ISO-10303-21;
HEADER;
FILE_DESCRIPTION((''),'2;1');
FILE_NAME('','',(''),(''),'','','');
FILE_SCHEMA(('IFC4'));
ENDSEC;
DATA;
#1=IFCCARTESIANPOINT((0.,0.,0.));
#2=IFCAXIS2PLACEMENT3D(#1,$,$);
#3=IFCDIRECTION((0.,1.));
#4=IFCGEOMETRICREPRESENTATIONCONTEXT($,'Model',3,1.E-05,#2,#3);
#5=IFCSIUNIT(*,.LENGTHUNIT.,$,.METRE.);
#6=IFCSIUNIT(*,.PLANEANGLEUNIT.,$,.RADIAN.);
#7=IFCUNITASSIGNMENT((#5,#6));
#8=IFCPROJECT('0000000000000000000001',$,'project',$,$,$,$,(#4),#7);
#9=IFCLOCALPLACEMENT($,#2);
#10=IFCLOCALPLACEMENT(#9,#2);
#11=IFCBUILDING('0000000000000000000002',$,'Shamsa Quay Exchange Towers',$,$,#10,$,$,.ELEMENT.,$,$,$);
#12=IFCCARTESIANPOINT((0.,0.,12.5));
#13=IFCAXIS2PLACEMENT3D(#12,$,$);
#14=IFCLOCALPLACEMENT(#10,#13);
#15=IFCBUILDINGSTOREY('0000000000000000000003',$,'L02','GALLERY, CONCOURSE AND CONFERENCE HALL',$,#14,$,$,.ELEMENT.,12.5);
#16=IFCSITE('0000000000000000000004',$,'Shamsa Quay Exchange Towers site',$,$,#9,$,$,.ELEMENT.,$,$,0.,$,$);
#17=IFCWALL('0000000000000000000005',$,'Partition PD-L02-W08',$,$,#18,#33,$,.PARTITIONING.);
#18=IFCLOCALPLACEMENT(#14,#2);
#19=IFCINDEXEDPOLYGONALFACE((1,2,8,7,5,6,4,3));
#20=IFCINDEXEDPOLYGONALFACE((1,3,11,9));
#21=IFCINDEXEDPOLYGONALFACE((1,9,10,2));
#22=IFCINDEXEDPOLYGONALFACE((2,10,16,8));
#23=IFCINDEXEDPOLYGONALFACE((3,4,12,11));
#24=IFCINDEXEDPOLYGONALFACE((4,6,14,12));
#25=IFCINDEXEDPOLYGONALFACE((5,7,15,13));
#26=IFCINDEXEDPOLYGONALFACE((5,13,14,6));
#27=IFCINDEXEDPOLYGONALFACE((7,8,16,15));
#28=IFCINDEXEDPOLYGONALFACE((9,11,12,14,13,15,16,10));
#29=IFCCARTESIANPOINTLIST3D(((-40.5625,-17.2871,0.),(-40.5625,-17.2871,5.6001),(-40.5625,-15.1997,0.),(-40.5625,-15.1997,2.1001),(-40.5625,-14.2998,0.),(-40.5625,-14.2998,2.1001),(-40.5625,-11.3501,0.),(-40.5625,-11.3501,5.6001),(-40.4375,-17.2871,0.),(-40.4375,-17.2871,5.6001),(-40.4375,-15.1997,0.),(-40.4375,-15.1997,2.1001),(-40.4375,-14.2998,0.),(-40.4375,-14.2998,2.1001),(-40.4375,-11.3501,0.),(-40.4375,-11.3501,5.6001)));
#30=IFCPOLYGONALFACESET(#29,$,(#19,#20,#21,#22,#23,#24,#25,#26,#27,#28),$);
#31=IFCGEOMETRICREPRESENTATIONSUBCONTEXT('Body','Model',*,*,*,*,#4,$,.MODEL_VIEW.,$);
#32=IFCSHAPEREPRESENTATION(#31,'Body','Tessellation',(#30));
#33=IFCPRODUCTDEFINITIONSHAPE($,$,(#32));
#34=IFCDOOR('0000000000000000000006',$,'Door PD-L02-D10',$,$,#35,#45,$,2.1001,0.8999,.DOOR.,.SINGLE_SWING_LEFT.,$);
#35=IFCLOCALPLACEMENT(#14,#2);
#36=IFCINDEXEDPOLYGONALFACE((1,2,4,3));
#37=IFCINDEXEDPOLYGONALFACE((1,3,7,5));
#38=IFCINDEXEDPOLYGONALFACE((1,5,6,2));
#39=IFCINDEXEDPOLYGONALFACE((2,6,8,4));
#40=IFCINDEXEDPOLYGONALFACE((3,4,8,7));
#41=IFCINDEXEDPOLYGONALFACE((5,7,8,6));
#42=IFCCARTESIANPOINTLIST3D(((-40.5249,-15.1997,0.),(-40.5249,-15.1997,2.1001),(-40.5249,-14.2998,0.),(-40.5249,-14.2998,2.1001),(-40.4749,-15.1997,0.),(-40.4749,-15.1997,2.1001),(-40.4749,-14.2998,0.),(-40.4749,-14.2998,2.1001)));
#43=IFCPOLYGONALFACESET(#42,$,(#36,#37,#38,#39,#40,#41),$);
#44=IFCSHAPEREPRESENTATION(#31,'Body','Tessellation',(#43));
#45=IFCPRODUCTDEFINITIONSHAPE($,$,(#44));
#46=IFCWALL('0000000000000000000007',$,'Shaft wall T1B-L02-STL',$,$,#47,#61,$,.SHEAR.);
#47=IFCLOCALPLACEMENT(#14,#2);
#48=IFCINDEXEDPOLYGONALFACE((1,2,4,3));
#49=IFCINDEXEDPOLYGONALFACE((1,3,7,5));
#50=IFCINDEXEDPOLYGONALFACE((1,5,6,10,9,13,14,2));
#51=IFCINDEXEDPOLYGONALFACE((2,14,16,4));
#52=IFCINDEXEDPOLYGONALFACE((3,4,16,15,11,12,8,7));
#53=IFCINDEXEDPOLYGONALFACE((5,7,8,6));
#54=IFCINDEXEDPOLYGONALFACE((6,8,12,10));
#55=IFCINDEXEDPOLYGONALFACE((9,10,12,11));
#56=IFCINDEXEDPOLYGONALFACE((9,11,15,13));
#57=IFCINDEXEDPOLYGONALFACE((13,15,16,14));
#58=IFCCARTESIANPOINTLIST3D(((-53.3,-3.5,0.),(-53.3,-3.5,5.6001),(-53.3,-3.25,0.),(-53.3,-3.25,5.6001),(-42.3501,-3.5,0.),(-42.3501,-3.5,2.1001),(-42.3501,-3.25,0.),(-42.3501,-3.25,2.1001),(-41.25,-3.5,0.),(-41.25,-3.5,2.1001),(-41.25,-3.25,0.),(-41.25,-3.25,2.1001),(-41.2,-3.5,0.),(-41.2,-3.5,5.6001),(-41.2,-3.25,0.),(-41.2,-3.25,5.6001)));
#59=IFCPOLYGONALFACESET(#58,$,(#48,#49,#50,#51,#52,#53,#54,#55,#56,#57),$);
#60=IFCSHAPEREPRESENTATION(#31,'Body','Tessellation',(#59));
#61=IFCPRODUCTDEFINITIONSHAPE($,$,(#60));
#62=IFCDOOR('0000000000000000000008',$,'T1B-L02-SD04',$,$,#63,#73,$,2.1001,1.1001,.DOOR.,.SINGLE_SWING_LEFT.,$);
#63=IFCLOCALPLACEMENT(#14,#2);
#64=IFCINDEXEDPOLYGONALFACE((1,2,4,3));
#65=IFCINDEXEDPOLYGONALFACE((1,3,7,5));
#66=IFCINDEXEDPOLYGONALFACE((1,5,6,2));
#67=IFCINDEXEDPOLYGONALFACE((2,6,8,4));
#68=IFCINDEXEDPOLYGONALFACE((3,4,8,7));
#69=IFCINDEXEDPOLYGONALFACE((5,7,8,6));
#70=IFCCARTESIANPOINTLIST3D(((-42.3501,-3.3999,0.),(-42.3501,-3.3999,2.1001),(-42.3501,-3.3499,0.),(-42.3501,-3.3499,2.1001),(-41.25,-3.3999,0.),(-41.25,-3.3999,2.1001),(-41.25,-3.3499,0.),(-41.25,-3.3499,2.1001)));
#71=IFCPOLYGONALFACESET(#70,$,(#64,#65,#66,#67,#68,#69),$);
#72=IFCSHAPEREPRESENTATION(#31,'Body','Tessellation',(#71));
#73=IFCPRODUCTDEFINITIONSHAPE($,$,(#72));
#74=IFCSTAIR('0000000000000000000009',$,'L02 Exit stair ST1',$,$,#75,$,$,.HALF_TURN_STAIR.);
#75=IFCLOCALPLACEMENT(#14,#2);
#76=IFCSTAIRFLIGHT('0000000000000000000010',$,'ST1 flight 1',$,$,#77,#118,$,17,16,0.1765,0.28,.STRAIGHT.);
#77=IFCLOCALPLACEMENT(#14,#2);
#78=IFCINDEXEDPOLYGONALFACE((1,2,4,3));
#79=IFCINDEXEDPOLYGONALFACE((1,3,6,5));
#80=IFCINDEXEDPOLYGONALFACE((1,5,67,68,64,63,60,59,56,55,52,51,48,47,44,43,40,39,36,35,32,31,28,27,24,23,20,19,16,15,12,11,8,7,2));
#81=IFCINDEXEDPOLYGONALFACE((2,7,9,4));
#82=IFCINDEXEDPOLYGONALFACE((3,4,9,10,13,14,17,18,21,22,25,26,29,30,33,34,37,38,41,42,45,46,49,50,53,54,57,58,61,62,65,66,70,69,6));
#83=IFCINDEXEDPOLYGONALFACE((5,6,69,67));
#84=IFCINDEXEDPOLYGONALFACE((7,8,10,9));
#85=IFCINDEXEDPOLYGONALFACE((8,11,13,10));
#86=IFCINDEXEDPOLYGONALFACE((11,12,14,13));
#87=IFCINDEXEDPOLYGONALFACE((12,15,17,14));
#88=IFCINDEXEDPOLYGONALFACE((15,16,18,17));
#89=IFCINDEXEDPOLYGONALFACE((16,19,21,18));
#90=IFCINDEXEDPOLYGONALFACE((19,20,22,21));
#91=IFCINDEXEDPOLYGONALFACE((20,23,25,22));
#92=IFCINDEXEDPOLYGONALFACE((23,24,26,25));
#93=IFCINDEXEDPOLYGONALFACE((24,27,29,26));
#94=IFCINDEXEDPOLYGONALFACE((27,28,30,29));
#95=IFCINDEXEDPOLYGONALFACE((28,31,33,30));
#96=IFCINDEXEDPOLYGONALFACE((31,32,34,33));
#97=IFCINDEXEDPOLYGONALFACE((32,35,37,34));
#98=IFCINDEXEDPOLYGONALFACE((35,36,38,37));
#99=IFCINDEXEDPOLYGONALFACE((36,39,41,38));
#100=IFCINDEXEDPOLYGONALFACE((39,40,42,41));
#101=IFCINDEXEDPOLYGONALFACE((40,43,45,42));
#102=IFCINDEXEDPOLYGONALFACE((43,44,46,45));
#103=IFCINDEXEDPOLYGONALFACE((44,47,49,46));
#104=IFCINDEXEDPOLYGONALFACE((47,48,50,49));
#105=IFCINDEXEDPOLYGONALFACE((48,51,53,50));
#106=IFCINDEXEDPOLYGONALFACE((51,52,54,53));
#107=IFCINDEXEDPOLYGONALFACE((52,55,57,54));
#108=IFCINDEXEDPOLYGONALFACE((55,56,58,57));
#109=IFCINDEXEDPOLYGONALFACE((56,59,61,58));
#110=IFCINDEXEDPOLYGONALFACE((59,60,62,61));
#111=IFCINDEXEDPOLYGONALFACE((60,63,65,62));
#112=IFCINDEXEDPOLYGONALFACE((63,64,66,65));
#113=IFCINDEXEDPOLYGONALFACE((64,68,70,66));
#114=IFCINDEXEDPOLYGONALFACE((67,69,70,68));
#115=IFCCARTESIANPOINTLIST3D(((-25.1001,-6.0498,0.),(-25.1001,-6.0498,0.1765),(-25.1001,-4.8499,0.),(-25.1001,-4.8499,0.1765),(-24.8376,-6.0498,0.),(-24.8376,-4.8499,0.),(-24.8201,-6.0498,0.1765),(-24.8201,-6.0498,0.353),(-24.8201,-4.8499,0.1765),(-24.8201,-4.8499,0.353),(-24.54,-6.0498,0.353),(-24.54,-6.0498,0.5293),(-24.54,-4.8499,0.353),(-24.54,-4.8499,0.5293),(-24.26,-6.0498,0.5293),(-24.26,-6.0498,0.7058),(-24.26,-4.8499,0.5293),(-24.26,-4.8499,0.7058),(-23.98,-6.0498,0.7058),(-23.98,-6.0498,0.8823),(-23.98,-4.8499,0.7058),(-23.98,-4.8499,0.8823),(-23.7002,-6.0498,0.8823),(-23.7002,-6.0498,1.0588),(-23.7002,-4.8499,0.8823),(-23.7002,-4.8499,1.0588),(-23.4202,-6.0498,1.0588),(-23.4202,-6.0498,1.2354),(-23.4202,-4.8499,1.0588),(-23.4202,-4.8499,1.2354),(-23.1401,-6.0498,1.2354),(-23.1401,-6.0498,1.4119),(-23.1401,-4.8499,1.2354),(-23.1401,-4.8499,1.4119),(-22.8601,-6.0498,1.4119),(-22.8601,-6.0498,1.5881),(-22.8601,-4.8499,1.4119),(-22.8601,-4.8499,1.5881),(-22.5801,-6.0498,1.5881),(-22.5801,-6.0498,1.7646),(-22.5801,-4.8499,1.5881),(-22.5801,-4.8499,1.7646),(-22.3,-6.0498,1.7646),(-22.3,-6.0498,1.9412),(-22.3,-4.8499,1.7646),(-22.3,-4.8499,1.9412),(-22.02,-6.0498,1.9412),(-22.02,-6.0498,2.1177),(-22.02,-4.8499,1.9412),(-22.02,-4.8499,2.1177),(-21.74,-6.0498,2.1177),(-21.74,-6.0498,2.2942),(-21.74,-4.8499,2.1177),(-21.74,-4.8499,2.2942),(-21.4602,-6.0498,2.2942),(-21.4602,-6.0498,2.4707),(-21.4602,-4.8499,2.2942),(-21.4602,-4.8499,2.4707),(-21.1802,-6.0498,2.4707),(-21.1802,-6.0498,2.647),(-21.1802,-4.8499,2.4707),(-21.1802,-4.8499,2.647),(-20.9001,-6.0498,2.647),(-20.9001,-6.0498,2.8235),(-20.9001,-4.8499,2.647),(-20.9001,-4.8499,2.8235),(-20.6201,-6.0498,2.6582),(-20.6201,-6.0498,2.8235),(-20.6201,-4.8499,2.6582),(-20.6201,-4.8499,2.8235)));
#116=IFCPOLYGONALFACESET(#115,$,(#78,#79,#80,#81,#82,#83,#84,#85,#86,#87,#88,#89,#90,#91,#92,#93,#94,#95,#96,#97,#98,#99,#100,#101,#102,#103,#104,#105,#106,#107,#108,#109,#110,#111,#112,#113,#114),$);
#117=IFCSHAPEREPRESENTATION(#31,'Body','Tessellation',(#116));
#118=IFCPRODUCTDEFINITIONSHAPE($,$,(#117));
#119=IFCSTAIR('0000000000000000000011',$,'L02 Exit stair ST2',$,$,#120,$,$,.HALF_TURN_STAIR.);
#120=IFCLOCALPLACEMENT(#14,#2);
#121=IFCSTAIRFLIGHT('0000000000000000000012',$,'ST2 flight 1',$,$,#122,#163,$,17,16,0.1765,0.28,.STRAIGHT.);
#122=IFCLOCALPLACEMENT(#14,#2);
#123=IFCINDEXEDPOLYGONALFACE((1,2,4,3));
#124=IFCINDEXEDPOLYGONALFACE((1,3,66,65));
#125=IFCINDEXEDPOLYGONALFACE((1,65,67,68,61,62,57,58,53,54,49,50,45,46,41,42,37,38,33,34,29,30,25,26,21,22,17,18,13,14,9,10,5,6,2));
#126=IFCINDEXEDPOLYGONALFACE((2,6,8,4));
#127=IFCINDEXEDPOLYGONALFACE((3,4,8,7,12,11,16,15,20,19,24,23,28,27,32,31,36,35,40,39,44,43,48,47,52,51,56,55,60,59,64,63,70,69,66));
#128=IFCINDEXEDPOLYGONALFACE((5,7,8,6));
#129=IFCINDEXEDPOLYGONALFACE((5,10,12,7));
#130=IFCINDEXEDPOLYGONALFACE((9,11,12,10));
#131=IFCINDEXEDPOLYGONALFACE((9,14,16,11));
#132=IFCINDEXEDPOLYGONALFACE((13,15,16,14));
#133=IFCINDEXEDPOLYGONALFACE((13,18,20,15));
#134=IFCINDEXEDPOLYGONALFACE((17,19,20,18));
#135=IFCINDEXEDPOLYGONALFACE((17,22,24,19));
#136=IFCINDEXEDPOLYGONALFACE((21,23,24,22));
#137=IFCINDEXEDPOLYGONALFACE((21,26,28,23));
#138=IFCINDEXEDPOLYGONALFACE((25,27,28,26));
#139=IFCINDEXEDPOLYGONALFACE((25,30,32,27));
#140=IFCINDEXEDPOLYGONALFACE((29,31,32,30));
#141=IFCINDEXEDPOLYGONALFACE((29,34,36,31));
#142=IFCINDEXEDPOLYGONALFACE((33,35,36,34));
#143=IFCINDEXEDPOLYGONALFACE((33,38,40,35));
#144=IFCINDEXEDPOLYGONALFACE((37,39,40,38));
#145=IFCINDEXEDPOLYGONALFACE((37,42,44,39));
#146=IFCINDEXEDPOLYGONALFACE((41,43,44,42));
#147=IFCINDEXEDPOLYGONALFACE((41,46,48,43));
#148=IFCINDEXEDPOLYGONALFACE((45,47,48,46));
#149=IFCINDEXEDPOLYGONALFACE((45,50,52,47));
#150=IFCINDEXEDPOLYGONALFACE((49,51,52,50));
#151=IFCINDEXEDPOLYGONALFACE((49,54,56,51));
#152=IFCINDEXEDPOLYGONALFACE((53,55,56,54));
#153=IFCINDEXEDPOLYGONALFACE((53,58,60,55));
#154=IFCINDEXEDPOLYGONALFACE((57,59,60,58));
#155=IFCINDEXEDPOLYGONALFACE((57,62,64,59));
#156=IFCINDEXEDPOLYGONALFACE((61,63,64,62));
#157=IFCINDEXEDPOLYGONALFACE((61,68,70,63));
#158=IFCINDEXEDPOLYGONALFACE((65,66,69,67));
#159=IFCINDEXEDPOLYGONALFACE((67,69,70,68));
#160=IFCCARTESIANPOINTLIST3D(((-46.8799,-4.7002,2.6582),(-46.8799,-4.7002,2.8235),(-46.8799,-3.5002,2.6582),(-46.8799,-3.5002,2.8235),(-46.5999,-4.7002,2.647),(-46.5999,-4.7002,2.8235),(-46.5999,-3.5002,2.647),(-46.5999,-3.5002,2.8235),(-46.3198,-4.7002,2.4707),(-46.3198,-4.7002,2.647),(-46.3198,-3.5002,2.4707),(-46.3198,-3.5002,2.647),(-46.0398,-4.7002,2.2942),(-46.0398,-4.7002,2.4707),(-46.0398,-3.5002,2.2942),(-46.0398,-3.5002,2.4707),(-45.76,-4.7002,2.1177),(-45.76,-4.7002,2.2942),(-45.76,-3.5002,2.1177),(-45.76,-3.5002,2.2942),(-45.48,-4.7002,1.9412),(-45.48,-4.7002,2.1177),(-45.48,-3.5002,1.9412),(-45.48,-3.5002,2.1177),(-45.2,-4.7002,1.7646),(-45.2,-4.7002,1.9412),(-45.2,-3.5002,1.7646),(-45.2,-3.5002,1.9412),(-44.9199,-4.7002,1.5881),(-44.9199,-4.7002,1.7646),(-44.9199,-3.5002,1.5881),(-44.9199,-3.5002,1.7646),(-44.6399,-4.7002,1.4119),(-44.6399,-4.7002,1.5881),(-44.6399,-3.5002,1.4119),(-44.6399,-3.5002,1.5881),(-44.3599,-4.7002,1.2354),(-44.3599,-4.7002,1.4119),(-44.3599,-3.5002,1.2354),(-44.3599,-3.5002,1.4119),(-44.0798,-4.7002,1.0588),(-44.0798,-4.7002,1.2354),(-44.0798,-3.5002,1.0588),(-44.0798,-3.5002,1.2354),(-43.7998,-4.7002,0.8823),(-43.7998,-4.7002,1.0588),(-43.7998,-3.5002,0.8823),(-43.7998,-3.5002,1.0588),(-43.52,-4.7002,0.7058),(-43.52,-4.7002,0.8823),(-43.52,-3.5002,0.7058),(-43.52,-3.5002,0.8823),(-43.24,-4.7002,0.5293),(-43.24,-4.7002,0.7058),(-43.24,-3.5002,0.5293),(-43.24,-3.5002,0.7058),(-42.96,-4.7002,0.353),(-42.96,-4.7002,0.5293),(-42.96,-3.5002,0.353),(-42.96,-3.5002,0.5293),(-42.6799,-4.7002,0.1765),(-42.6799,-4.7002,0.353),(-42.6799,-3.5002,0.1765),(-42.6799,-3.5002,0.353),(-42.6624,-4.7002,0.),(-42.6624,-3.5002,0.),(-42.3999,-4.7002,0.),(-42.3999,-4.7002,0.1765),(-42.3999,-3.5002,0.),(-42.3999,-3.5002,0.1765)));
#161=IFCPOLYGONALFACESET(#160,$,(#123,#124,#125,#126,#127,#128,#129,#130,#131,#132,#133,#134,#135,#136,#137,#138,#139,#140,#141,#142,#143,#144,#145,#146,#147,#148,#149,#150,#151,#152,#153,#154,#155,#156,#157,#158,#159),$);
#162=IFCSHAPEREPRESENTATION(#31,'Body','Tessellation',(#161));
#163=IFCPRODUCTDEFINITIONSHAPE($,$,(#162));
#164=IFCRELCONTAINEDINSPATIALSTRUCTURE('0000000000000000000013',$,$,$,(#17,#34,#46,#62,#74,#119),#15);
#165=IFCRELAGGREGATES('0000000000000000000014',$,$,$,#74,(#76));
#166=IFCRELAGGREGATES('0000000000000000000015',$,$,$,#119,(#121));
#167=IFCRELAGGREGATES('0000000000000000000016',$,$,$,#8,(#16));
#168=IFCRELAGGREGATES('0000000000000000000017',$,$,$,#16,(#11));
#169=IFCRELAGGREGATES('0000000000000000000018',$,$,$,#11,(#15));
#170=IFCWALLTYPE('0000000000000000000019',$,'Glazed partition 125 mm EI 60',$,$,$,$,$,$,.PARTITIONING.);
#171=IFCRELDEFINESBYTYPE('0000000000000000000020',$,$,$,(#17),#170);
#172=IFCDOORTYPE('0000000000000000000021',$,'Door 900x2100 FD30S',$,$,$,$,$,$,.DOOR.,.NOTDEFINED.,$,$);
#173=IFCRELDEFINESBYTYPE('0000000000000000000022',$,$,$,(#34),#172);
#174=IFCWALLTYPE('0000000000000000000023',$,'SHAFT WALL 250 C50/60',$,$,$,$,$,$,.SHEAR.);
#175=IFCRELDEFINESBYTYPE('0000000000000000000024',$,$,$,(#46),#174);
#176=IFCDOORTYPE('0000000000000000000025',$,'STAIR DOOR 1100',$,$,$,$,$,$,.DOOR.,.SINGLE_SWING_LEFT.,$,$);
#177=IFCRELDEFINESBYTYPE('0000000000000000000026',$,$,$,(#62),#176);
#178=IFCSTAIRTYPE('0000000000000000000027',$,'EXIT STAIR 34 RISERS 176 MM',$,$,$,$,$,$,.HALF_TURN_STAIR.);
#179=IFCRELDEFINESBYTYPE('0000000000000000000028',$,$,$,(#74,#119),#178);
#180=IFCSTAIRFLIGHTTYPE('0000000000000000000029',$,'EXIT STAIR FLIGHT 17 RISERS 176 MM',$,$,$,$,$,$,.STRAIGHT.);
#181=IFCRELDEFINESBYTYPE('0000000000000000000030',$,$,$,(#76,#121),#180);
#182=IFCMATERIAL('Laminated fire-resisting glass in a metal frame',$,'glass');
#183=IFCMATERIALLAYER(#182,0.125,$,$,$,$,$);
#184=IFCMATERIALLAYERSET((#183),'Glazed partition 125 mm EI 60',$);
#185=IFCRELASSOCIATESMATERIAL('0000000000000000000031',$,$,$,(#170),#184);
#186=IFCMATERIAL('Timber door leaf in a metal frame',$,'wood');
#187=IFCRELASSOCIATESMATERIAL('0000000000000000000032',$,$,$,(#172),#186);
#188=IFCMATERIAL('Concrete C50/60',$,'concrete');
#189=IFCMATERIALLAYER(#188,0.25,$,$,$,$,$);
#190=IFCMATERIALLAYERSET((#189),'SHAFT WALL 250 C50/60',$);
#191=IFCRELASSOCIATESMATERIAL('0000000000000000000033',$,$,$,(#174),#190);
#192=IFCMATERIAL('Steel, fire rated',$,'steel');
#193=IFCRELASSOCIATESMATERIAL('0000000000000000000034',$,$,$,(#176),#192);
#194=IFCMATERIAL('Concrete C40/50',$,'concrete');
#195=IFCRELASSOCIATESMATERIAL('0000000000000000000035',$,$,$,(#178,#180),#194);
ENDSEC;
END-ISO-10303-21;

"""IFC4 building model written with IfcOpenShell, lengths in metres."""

from ifc_helpers import new_model, si_unit, direction, frame, frame_2d, origin, place, context, subcontext, project, spatial, polyline, rectangle, outline, extrude, material, layer, layer_set, type_object, element, fill, aggregate, save


model = new_model("IFC4")

# Units and contexts
model_context = context("Model", 3, precision=1e-05, world=origin(), true_north=direction((0.0, 1.0)))
body_context = subcontext(model_context, "Body", "Model", "MODEL_VIEW")
ifc_project = project(units=[si_unit("LENGTHUNIT", "METRE"), si_unit("PLANEANGLEUNIT", "RADIAN")], contexts=[model_context])

# Site, building, storey
site_placement = place(None, origin())
site = spatial("IfcSite", under=ifc_project, at=site_placement, Name="Shamsa Quay Exchange Towers site", CompositionType="ELEMENT", RefElevation=0.0)
building_placement = place(site_placement, origin())
building = spatial("IfcBuilding", under=site, at=building_placement, Name="Shamsa Quay Exchange Towers", CompositionType="ELEMENT")
storey_placement = place(building_placement, frame((0.0, 0.0, 12.5)))
storey = spatial("IfcBuildingStorey", under=building, at=storey_placement, Name="L02", Description="GALLERY, CONCOURSE AND CONFERENCE HALL", CompositionType="ELEMENT", Elevation=12.5)

# Shared definitions
ifc_material_1 = material(Name="Timber door leaf in a metal frame", Category="wood")

# Walls, openings, doors
ifc_material_2 = material(Name="Steel, fire rated", Category="steel")
ifc_material_3 = material(Name="Laminated fire-resisting glass in a metal frame", Category="glass")
ifc_layer_1 = layer(ifc_material_3, 0.125)
ifc_layer_set_1 = layer_set([ifc_layer_1], Name="Glazed partition 125 mm EI 60")
wall_type_1 = type_object("IfcWallType", Name="Glazed partition 125 mm EI 60", PredefinedType="PARTITIONING", material=ifc_layer_set_1)
wall_1_placement = place(storey_placement, frame((-40.5, -17.2871, 0.0), z_axis=(0.0, 0.0, 1.0), x_axis=(0.0, 1.0, 0.0)))
wall_1 = element("IfcWall", 1, at=wall_1_placement, inside=storey, type_object=wall_type_1, Name="Partition PD-L02-W08", PredefinedType="PARTITIONING", context=body_context, shape_type="SweptSolid", body=[
    extrude(rectangle(XDim=5.937, YDim=0.125, at=frame_2d((2.9685, 0.0))), origin(), (0.0, 0.0, 1.0), 5.6001),
])
opening_1_placement = place(wall_1_placement, frame((2.0874, 0.0, 0.0)))
opening_1 = element("IfcOpeningElement", 2, at=opening_1_placement, cuts=wall_1, PredefinedType="OPENING", context=body_context, shape_type="SweptSolid", body=[
    extrude(rectangle(XDim=0.8999, YDim=2.1001, at=frame_2d((0.45, 1.05))), frame((0.0, 0.0725, 0.0), z_axis=(0.0, -1.0, 0.0), x_axis=(1.0, 0.0, 0.0)), (0.0, 0.0, 1.0), 0.145),
])
door_type_1 = type_object("IfcDoorType", Name="Door 900x2100 FD30S", OperationType="NOTDEFINED", PredefinedType="DOOR", material=ifc_material_1)
door_1_placement = place(opening_1_placement, origin())
door_1 = element("IfcDoor", 3, at=door_1_placement, inside=storey, type_object=door_type_1, Name="Door PD-L02-D10", OperationType="SINGLE_SWING_LEFT", OverallHeight=2.1001, OverallWidth=0.8999, PredefinedType="DOOR", context=body_context, shape_type="SweptSolid", body=[
    extrude(rectangle(XDim=0.8999, YDim=2.1001, at=frame_2d((0.45, 1.05))), frame((0.0, 0.0249, 0.0), z_axis=(0.0, -1.0, 0.0), x_axis=(1.0, 0.0, 0.0)), (0.0, 0.0, 1.0), 0.05),
])
fill(opening_1, door_1)
ifc_material_4 = material(Name="Concrete C50/60", Category="concrete")
ifc_layer_2 = layer(ifc_material_4, 0.25)
ifc_layer_set_2 = layer_set([ifc_layer_2], Name="SHAFT WALL 250 C50/60")
wall_type_2 = type_object("IfcWallType", Name="SHAFT WALL 250 C50/60", PredefinedType="SHEAR", material=ifc_layer_set_2)
wall_2_placement = place(storey_placement, frame((-41.2, -3.375, 0.0), z_axis=(0.0, 0.0, 1.0), x_axis=(-1.0, 0.0, 0.0)))
wall_2 = element("IfcWall", 4, at=wall_2_placement, inside=storey, type_object=wall_type_2, Name="Shaft wall T1B-L02-STL", PredefinedType="SHEAR", context=body_context, shape_type="SweptSolid", body=[
    extrude(rectangle(XDim=12.1001, YDim=0.25, at=frame_2d((6.05, 0.0))), origin(), (0.0, 0.0, 1.0), 5.6001),
])
opening_2_placement = place(wall_2_placement, frame((0.05, 0.0, 0.0)))
opening_2 = element("IfcOpeningElement", 5, at=opening_2_placement, cuts=wall_2, PredefinedType="OPENING", context=body_context, shape_type="SweptSolid", body=[
    extrude(rectangle(XDim=1.1001, YDim=2.1001, at=frame_2d((0.55, 1.05))), frame((0.0, 0.135, 0.0), z_axis=(0.0, -1.0, 0.0), x_axis=(1.0, 0.0, 0.0)), (0.0, 0.0, 1.0), 0.27),
])
door_type_2 = type_object("IfcDoorType", Name="STAIR DOOR 1100", OperationType="SINGLE_SWING_LEFT", PredefinedType="DOOR", material=ifc_material_2)
door_2_placement = place(opening_2_placement, origin())
door_2 = element("IfcDoor", 6, at=door_2_placement, inside=storey, type_object=door_type_2, Name="T1B-L02-SD04", OperationType="SINGLE_SWING_LEFT", OverallHeight=2.1001, OverallWidth=1.1001, PredefinedType="DOOR", context=body_context, shape_type="SweptSolid", body=[
    extrude(rectangle(XDim=1.1001, YDim=2.1001, at=frame_2d((0.55, 1.05))), frame((0.0, 0.0249, 0.0), z_axis=(0.0, -1.0, 0.0), x_axis=(1.0, 0.0, 0.0)), (0.0, 0.0, 1.0), 0.05),
])
fill(opening_2, door_2)

# Stairs, stair flights
ifc_material_5 = material(Name="Concrete C40/50", Category="concrete")
stair_type = type_object("IfcStairType", Name="EXIT STAIR 34 RISERS 176 MM", PredefinedType="HALF_TURN_STAIR", material=ifc_material_5)
stair_1_placement = place(storey_placement, origin())
stair_1 = element("IfcStair", 7, at=stair_1_placement, inside=storey, type_object=stair_type, Name="L02 Exit stair ST1", PredefinedType="HALF_TURN_STAIR")
stair_flight_type = type_object("IfcStairFlightType", Name="EXIT STAIR FLIGHT 17 RISERS 176 MM", PredefinedType="STRAIGHT", material=ifc_material_5)
stair_flight_1_placement = place(storey_placement, frame((-25.1001, -5.45, 0.0)))
stair_flight_1 = element("IfcStairFlight", 8, at=stair_flight_1_placement, type_object=stair_flight_type, Name="ST1 flight 1", NumberOfRisers=17, NumberOfTreads=16, PredefinedType="STRAIGHT", RiserHeight=0.1765, TreadLength=0.28, context=body_context, shape_type="SweptSolid", body=[
    extrude(outline(polyline([(0.0, 0.0), (0.0, 0.1765), (0.28, 0.1765), (0.28, 0.353), (0.5601, 0.353), (0.5601, 0.5293), (0.8401, 0.5293), (0.8401, 0.7058), (1.1201, 0.7058), (1.1201, 0.8823), (1.3999, 0.8823), (1.3999, 1.0588), (1.6799, 1.0588), (1.6799, 1.2354), (1.96, 1.2354), (1.96, 1.4119), (2.24, 1.4119), (2.24, 1.5881), (2.52, 1.5881), (2.52, 1.7646), (2.8, 1.7646), (2.8, 1.9412), (3.0801, 1.9412), (3.0801, 2.1177), (3.3601, 2.1177), (3.3601, 2.2942), (3.6399, 2.2942), (3.6399, 2.4707), (3.9199, 2.4707), (3.9199, 2.647), (4.2, 2.647), (4.2, 2.8235), (4.48, 2.8235), (4.48, 3.0), (4.48, 2.6582), (0.2625, 0.0), (0.0, 0.0)])), frame((0.0, 0.6001, 0.0), z_axis=(0.0, -1.0, 0.0), x_axis=(1.0, 0.0, 0.0)), (0.0, 0.0, 1.0), 1.2),
])
aggregate(stair_1, [stair_flight_1])
stair_2_placement = place(storey_placement, origin())
stair_2 = element("IfcStair", 9, at=stair_2_placement, inside=storey, type_object=stair_type, Name="L02 Exit stair ST2", PredefinedType="HALF_TURN_STAIR")
stair_flight_2_placement = place(storey_placement, frame((-42.3999, -4.1001, 0.0), z_axis=(0.0, 0.0, 1.0), x_axis=(-1.0, 0.0, 0.0)))
stair_flight_2 = element("IfcStairFlight", 10, at=stair_flight_2_placement, type_object=stair_flight_type, Name="ST2 flight 1", NumberOfRisers=17, NumberOfTreads=16, PredefinedType="STRAIGHT", RiserHeight=0.1765, TreadLength=0.28, context=body_context, shape_type="SweptSolid", body=[
    extrude(outline(polyline([(0.0, 0.0), (0.0, 0.1765), (0.28, 0.1765), (0.28, 0.353), (0.5601, 0.353), (0.5601, 0.5293), (0.8401, 0.5293), (0.8401, 0.7058), (1.1201, 0.7058), (1.1201, 0.8823), (1.3999, 0.8823), (1.3999, 1.0588), (1.6799, 1.0588), (1.6799, 1.2354), (1.96, 1.2354), (1.96, 1.4119), (2.24, 1.4119), (2.24, 1.5881), (2.52, 1.5881), (2.52, 1.7646), (2.8, 1.7646), (2.8, 1.9412), (3.0801, 1.9412), (3.0801, 2.1177), (3.3601, 2.1177), (3.3601, 2.2942), (3.6399, 2.2942), (3.6399, 2.4707), (3.9199, 2.4707), (3.9199, 2.647), (4.2, 2.647), (4.2, 2.8235), (4.48, 2.8235), (4.48, 3.0), (4.48, 2.6582), (0.2625, 0.0), (0.0, 0.0)])), frame((0.0, 0.6001, 0.0), z_axis=(0.0, -1.0, 0.0), x_axis=(1.0, 0.0, 0.0)), (0.0, 0.0, 1.0), 1.2),
])
aggregate(stair_2, [stair_flight_2])

save(model, "model.ifc")
